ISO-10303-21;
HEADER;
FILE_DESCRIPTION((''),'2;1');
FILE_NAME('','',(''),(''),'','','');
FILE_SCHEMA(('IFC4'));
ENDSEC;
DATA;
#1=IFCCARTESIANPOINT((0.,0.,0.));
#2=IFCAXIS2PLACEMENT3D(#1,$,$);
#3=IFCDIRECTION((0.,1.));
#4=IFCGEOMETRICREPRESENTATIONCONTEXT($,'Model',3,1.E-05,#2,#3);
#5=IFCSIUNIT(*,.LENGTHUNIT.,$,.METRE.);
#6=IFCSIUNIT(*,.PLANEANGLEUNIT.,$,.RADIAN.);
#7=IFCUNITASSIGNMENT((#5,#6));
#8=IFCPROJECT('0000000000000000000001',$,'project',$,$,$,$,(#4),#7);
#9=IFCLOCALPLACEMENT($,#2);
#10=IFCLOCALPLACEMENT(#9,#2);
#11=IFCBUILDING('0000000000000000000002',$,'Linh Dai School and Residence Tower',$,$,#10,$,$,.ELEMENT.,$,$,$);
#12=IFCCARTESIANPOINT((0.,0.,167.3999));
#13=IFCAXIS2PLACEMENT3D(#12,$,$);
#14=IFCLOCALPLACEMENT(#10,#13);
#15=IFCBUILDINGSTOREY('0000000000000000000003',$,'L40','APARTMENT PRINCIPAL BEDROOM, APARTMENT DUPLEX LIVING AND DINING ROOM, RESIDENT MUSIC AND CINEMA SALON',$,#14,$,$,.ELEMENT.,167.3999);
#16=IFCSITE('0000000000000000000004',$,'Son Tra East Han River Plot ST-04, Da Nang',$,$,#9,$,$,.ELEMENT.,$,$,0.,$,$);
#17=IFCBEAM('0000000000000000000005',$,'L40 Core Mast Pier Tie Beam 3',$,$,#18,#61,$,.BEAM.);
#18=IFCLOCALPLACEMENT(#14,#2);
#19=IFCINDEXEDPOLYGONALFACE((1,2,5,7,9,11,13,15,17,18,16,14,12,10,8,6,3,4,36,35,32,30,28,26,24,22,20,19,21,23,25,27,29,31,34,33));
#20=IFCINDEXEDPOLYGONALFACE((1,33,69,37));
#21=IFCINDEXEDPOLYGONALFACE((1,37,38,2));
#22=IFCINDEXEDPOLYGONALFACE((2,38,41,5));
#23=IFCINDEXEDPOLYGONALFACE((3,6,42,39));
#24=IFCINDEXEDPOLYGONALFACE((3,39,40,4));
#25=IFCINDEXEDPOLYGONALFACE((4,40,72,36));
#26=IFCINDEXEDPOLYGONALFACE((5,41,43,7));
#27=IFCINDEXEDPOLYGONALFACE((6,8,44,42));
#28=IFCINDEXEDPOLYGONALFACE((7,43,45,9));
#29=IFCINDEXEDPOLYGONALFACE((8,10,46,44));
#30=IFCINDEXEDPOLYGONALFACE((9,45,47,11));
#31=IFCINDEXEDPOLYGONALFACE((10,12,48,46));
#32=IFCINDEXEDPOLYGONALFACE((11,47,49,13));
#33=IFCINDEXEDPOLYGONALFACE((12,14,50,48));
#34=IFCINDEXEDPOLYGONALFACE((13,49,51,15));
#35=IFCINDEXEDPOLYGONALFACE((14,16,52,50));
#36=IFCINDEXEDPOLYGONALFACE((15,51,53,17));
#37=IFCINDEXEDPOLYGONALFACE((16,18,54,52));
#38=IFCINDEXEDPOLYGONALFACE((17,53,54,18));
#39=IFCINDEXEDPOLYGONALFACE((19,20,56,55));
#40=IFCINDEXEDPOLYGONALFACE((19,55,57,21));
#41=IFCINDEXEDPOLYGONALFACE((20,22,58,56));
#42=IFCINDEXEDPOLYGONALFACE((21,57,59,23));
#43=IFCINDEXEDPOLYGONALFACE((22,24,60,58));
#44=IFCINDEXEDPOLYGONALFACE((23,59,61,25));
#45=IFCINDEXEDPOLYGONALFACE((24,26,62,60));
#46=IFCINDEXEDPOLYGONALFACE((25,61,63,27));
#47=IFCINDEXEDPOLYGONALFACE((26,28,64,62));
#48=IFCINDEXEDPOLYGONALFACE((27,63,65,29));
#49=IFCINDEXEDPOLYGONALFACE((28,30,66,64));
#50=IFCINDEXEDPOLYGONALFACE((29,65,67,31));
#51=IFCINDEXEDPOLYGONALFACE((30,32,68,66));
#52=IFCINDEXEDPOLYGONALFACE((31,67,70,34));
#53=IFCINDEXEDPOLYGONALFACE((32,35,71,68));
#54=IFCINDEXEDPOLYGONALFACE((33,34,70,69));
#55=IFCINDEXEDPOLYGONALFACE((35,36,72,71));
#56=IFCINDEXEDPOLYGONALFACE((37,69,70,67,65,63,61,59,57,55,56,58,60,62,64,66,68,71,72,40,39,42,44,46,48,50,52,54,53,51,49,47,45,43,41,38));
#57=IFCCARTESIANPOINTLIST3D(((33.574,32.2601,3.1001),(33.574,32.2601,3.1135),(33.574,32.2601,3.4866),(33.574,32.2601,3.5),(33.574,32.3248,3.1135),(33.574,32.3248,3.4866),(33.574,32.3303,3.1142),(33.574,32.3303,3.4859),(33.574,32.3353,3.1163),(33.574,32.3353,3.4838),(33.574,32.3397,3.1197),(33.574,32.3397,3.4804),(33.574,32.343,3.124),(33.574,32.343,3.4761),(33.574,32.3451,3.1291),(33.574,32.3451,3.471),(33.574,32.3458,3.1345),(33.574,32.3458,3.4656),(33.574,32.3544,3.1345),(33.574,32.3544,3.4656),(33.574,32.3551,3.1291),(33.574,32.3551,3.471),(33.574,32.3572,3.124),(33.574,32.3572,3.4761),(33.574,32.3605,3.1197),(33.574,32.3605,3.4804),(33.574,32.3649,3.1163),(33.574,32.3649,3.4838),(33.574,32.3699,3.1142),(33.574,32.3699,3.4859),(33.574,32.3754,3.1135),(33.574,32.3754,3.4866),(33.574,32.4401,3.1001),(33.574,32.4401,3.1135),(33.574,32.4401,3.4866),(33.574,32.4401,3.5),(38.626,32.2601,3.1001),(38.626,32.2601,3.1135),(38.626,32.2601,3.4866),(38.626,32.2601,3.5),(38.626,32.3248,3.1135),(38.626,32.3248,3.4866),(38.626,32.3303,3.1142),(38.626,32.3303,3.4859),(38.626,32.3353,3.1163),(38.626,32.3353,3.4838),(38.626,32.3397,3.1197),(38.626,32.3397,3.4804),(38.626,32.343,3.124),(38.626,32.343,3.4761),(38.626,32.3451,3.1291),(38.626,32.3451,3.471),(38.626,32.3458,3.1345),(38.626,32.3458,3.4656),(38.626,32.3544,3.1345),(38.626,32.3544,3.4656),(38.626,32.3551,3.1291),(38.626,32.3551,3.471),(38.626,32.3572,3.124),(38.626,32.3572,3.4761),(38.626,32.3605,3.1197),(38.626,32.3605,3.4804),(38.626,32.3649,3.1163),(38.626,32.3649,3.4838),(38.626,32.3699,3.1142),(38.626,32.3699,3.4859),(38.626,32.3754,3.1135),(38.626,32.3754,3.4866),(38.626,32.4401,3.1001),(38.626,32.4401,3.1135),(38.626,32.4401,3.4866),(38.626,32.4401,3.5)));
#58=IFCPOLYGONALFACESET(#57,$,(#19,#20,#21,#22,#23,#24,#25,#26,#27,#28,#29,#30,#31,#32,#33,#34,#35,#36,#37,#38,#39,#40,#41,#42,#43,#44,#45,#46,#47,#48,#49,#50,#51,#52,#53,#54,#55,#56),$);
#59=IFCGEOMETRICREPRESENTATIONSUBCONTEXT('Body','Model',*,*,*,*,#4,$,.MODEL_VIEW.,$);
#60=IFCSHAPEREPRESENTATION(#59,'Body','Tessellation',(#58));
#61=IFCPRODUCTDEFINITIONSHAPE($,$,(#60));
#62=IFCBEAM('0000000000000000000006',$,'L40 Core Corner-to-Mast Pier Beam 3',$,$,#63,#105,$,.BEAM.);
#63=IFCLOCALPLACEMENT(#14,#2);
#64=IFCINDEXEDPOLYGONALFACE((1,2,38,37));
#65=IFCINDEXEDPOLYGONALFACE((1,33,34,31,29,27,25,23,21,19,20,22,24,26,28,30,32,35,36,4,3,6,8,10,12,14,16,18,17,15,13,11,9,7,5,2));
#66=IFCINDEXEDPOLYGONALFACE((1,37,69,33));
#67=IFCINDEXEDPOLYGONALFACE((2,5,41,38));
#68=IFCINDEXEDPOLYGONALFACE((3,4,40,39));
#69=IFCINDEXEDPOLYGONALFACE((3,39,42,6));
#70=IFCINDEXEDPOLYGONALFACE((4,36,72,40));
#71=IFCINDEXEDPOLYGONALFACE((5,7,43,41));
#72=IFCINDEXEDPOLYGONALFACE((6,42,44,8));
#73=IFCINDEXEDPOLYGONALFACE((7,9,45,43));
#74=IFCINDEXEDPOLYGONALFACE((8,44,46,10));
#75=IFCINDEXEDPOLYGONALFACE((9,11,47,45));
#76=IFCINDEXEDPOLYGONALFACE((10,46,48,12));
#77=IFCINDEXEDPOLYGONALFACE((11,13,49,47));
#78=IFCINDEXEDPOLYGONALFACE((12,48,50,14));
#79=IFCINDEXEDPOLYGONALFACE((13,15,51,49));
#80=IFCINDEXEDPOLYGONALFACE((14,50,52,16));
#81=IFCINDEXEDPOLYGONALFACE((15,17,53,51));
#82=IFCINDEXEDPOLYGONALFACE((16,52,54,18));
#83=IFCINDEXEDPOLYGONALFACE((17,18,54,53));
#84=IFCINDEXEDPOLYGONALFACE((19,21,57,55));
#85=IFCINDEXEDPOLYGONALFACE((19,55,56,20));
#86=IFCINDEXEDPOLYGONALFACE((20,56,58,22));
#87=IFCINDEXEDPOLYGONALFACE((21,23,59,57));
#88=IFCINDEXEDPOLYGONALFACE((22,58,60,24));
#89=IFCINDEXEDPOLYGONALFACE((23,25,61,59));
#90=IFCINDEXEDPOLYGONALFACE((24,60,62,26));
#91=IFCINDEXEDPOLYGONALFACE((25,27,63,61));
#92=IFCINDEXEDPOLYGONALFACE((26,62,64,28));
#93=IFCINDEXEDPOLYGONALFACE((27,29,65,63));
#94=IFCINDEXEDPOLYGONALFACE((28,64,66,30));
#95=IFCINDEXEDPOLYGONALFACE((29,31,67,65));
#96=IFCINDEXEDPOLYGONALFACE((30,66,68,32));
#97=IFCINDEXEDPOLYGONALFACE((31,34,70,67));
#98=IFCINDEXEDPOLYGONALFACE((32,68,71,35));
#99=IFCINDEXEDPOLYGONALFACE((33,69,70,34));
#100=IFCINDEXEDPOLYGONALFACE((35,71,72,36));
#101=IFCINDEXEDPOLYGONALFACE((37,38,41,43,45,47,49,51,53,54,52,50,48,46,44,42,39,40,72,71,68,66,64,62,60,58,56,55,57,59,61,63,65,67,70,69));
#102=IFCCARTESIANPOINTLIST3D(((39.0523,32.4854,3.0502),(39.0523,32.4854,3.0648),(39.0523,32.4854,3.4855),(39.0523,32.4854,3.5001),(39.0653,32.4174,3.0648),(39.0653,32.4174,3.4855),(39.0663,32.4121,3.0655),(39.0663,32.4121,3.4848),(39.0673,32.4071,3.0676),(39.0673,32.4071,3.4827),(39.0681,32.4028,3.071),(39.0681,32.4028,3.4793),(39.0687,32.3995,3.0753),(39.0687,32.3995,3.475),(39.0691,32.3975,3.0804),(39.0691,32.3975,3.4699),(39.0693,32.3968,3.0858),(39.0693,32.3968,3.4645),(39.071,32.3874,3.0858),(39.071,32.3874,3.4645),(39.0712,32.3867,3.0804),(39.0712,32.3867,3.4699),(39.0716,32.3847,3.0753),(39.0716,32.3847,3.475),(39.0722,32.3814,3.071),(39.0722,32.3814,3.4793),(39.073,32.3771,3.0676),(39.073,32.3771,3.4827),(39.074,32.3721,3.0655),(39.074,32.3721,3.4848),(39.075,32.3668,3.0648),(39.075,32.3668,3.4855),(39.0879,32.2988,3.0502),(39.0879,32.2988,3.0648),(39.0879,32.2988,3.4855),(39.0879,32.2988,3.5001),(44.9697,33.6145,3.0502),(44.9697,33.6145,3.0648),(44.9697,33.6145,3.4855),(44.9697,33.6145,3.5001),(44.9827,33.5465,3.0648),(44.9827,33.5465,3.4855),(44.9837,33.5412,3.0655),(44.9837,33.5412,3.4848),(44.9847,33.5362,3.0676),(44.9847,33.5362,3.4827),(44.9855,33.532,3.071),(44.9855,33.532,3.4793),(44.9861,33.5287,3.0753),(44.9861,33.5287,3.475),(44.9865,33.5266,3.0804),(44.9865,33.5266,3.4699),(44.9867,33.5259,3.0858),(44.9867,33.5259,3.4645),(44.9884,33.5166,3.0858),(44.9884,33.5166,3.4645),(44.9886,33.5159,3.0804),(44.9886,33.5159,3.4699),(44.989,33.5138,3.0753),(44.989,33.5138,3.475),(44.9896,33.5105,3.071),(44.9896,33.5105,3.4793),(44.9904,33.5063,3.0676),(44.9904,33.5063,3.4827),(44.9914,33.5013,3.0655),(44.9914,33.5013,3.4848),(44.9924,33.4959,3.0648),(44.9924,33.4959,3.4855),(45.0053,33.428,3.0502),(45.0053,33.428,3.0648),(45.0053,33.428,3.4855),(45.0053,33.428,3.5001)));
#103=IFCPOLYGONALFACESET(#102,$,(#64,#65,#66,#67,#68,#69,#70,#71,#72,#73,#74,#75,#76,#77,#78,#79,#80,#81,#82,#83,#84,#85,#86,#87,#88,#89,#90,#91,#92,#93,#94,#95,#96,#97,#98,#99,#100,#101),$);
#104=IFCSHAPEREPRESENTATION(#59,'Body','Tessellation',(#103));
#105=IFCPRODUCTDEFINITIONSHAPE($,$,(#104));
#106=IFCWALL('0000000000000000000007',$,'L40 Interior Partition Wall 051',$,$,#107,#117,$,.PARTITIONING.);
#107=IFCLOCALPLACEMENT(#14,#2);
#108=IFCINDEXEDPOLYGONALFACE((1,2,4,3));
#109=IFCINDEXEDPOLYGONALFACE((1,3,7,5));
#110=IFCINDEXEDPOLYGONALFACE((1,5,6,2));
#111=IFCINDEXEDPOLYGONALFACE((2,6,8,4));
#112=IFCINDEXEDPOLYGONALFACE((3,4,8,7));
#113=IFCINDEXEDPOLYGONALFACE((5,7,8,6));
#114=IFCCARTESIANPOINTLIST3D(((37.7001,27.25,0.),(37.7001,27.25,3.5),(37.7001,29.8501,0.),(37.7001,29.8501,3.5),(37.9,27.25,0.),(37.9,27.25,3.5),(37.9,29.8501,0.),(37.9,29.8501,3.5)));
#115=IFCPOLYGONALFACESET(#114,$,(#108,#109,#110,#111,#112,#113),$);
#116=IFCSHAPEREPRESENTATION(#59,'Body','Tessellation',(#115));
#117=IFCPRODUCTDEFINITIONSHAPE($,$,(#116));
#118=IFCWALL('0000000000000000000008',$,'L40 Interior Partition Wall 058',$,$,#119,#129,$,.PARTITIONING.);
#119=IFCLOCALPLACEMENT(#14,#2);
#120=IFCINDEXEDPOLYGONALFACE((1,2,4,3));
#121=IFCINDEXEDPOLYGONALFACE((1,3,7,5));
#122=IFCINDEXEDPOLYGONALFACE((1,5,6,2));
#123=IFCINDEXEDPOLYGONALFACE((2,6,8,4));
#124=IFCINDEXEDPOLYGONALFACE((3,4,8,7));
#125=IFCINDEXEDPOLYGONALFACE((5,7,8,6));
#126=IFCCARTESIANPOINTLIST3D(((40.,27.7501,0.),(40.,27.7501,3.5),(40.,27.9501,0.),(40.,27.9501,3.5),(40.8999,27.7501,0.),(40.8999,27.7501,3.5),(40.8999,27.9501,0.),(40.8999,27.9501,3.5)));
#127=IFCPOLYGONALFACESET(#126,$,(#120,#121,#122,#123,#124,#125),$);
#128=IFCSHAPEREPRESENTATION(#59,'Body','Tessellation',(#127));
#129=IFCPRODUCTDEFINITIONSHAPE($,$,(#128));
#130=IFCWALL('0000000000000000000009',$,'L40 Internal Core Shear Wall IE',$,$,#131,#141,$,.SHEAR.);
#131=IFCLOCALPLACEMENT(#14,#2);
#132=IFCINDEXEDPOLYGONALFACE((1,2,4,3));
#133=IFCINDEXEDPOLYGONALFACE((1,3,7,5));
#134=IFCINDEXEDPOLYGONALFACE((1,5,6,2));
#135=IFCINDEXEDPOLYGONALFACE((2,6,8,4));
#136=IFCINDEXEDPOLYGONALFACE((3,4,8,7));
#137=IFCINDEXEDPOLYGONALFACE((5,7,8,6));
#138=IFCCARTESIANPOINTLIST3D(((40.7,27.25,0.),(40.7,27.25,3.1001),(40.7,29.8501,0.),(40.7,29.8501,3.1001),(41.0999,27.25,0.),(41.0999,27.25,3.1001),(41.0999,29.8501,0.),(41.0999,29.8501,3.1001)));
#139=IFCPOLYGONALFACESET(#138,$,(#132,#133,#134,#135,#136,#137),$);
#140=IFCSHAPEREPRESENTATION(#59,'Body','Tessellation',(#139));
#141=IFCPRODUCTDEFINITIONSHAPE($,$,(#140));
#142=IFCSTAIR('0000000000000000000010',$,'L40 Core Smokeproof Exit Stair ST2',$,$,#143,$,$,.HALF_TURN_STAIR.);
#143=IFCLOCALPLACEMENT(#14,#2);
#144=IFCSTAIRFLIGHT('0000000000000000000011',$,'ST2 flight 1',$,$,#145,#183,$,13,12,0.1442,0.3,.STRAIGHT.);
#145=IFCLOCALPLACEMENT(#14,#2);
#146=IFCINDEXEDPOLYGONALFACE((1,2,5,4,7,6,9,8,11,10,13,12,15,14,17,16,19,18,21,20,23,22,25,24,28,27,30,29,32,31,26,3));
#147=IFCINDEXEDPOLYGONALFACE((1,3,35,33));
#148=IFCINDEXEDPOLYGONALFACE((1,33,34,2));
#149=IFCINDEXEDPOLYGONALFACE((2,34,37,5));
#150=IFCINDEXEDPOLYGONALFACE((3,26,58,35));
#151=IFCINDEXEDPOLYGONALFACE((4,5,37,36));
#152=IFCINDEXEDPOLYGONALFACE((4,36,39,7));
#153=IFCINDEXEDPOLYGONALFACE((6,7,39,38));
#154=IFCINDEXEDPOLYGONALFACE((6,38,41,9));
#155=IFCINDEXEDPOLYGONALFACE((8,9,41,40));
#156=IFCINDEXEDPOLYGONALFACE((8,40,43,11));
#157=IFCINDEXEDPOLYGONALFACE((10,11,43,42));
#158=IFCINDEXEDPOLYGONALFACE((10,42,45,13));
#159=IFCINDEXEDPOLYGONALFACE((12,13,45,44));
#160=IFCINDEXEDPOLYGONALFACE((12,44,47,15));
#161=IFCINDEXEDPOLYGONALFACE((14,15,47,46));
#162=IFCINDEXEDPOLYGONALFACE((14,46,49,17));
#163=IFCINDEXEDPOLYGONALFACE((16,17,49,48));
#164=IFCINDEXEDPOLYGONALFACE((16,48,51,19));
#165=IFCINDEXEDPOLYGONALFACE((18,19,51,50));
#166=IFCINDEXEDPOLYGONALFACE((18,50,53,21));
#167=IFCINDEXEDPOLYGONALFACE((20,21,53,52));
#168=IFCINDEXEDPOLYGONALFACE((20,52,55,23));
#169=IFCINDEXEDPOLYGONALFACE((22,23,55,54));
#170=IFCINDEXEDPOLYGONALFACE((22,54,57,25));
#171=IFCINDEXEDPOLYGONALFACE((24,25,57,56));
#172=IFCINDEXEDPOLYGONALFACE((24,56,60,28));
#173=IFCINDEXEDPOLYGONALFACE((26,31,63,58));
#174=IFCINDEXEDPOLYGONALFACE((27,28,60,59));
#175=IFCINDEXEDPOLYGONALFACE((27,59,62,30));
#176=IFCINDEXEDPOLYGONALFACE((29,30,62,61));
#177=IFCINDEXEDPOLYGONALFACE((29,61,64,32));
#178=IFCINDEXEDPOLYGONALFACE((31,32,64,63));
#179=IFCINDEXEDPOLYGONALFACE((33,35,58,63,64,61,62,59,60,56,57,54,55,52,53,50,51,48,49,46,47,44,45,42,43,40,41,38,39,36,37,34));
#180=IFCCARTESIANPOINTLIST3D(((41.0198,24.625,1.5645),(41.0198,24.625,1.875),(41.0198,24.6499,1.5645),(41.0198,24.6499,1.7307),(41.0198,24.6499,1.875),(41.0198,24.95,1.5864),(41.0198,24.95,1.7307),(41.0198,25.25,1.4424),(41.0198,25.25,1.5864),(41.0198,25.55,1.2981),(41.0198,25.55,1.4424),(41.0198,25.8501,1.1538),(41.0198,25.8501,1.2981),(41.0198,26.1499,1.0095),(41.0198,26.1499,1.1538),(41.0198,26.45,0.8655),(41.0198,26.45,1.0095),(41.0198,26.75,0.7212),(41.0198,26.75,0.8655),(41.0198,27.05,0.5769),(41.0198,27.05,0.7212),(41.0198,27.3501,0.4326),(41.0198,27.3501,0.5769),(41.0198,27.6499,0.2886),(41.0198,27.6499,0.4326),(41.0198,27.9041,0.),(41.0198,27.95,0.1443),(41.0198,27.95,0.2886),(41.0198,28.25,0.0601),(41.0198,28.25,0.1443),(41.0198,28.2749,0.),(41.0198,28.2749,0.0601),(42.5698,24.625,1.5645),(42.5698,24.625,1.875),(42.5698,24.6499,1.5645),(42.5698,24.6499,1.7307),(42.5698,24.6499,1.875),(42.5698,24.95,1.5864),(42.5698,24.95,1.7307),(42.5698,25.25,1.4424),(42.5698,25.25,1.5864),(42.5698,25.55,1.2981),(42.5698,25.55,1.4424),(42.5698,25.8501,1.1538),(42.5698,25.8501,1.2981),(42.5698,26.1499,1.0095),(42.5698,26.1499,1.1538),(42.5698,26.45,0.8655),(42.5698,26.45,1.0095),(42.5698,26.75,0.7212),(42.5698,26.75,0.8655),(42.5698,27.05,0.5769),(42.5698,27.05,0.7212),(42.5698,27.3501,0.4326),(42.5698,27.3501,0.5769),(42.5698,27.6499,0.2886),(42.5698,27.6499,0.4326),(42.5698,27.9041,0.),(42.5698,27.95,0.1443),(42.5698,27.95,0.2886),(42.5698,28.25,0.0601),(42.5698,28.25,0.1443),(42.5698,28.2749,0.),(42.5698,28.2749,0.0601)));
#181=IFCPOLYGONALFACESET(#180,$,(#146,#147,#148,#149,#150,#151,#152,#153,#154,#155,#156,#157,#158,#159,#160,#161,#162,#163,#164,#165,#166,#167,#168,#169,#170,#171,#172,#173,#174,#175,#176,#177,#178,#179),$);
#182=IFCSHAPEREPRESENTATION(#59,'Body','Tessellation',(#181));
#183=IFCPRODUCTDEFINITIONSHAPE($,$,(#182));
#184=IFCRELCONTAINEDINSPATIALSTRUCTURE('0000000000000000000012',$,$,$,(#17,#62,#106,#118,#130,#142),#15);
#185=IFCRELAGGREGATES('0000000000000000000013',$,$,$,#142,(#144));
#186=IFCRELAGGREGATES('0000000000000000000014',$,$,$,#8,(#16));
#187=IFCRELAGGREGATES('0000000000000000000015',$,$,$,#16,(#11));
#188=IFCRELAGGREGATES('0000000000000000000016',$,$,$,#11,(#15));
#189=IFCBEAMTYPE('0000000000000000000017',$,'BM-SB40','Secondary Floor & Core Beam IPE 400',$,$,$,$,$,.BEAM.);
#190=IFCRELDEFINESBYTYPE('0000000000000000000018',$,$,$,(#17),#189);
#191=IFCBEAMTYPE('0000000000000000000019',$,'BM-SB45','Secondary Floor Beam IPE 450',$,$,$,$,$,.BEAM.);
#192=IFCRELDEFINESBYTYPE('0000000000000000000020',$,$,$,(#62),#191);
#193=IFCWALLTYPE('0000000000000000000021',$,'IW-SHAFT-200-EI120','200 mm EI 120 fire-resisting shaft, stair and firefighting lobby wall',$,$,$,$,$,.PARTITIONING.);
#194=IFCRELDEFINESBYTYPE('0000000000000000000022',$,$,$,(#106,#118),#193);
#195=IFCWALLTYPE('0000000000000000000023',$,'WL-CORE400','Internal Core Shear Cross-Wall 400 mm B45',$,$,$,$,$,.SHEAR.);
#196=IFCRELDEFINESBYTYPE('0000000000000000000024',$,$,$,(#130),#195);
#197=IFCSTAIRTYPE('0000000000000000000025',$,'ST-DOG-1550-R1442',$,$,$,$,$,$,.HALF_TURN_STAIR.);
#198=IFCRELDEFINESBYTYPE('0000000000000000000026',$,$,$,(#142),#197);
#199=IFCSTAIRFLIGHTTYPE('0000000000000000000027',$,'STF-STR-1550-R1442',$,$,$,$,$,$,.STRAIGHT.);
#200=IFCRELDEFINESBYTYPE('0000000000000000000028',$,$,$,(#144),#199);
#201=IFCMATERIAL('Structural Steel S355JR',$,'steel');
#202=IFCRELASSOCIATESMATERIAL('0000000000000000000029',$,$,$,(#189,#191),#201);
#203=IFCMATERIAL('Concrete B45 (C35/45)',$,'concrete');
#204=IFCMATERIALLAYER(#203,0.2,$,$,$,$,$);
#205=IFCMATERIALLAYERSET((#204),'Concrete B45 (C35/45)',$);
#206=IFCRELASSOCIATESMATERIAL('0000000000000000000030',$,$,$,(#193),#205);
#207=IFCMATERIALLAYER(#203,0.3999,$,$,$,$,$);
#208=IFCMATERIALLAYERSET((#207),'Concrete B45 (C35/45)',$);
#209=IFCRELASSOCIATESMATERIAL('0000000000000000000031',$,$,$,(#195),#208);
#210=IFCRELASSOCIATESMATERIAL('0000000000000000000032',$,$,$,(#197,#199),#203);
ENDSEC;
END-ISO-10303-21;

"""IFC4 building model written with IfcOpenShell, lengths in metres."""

from ifc_helpers import new_model, si_unit, direction, frame, frame_2d, origin, origin_2d, place, context, subcontext, project, spatial, polyline, rectangle, i_section, outline, extrude, source, transform, mapped, material, layer, layer_set, material_profile, profile_set, type_object, element, aggregate, save


model = new_model("IFC4")

# Units and contexts
model_context = context("Model", 3, precision=1e-05, world=origin(), true_north=direction((0.0, 1.0)))
body_context = subcontext(model_context, "Body", "Model", "MODEL_VIEW")
ifc_project = project(units=[si_unit("LENGTHUNIT", "METRE"), si_unit("PLANEANGLEUNIT", "RADIAN")], contexts=[model_context])

# Site, building, storey
site_placement = place(None, origin())
site = spatial("IfcSite", under=ifc_project, at=site_placement, Name="Son Tra East Han River Plot ST-04, Da Nang", CompositionType="ELEMENT", RefElevation=0.0)
building_placement = place(site_placement, origin())
building = spatial("IfcBuilding", under=site, at=building_placement, Name="Linh Dai School and Residence Tower", CompositionType="ELEMENT")
storey_placement = place(building_placement, frame((0.0, 0.0, 167.3999)))
storey = spatial("IfcBuildingStorey", under=building, at=storey_placement, Name="L40", Description="APARTMENT PRINCIPAL BEDROOM, APARTMENT DUPLEX LIVING AND DINING ROOM, RESIDENT MUSIC AND CINEMA SALON", CompositionType="ELEMENT", Elevation=167.3999)

# Shared definitions
ifc_material_1 = material(Name="Structural Steel S355JR", Category="steel")

# Beams
ifc_material_profile_1 = material_profile(ifc_material_1, i_section(OverallWidth=0.1799, OverallDepth=0.3999, WebThickness=0.0085, FlangeThickness=0.0134, FilletRadius=0.021, at=origin_2d()), Name="IPE 400")
ifc_profile_set_1 = profile_set([ifc_material_profile_1], Name="Structural Steel S355JR")
beam_type_1 = type_object("IfcBeamType", Name="BM-SB40", Description="Secondary Floor & Core Beam IPE 400", PredefinedType="BEAM", material=ifc_profile_set_1)
beam_1_placement = place(storey_placement, frame((38.626, 32.3501, 3.3), z_axis=(-1.0, 0.0, 0.0), x_axis=(0.0, -1.0, 0.0)))
element("IfcBeam", 1, at=beam_1_placement, inside=storey, type_object=beam_type_1, Name="L40 Core Mast Pier Tie Beam 3", PredefinedType="BEAM", context=body_context, shape_type="SweptSolid", body=[
    extrude(i_section(OverallWidth=0.1799, OverallDepth=0.3999, WebThickness=0.0085, FlangeThickness=0.0134, FilletRadius=0.021, at=origin_2d()), origin(), (0.0, 0.0, 1.0), 5.052),
])
ifc_material_profile_2 = material_profile(ifc_material_1, i_section(OverallWidth=0.1899, OverallDepth=0.45, WebThickness=0.0095, FlangeThickness=0.0146, FilletRadius=0.021, at=origin_2d()), Name="IPE 450")
ifc_profile_set_2 = profile_set([ifc_material_profile_2], Name="Structural Steel S355JR")
beam_type_2 = type_object("IfcBeamType", Name="BM-SB45", Description="Secondary Floor Beam IPE 450", PredefinedType="BEAM", material=ifc_profile_set_2)
beam_2_placement = place(storey_placement, frame((44.9875, 33.5212, 3.2751), z_axis=(-0.982277, -0.187434, 0.0), x_axis=(0.187434, -0.982277, 0.0)))
element("IfcBeam", 2, at=beam_2_placement, inside=storey, type_object=beam_type_2, Name="L40 Core Corner-to-Mast Pier Beam 3", PredefinedType="BEAM", context=body_context, shape_type="SweptSolid", body=[
    extrude(i_section(OverallWidth=0.1899, OverallDepth=0.45, WebThickness=0.0095, FlangeThickness=0.0146, FilletRadius=0.021, at=origin_2d()), origin(), (0.0, 0.0, 1.0), 6.0242),
])

# Shared definitions
ifc_material_2 = material(Name="Concrete B45 (C35/45)", Category="concrete")
ifc_layer_1 = layer(ifc_material_2, 0.2)
ifc_layer_set_1 = layer_set([ifc_layer_1], Name="Concrete B45 (C35/45)")
wall_type_1 = type_object("IfcWallType", Name="IW-SHAFT-200-EI120", Description="200 mm EI 120 fire-resisting shaft, stair and firefighting lobby wall", PredefinedType="PARTITIONING", material=ifc_layer_set_1)

# Walls
wall_1_placement = place(storey_placement, frame((37.8, 27.25, 0.0), z_axis=(0.0, 0.0, 1.0), x_axis=(0.0, 1.0, 0.0)))
element("IfcWall", 3, at=wall_1_placement, inside=storey, type_object=wall_type_1, Name="L40 Interior Partition Wall 051", PredefinedType="PARTITIONING", context=body_context, shape_type="SweptSolid", body=[
    extrude(rectangle(XDim=2.6001, YDim=0.2, at=frame_2d((1.3, 0.0))), origin(), (0.0, 0.0, 1.0), 3.5),
])
wall_2_placement = place(storey_placement, frame((40.0, 27.8501, 0.0), z_axis=(0.0, 0.0, 1.0), x_axis=(1.0, 0.0, 0.0)))
element("IfcWall", 4, at=wall_2_placement, inside=storey, type_object=wall_type_1, Name="L40 Interior Partition Wall 058", PredefinedType="PARTITIONING", context=body_context, shape_type="SweptSolid", body=[
    extrude(rectangle(XDim=0.8999, YDim=0.2, at=frame_2d((0.45, 0.0))), origin(), (0.0, 0.0, 1.0), 3.5),
])
ifc_layer_2 = layer(ifc_material_2, 0.3999)
ifc_layer_set_2 = layer_set([ifc_layer_2], Name="Concrete B45 (C35/45)")
wall_type_2 = type_object("IfcWallType", Name="WL-CORE400", Description="Internal Core Shear Cross-Wall 400 mm B45", PredefinedType="SHEAR", material=ifc_layer_set_2)
wall_3_placement = place(storey_placement, frame((40.8999, 27.25, 0.0), z_axis=(0.0, 0.0, 1.0), x_axis=(0.0, 1.0, 0.0)))
element("IfcWall", 5, at=wall_3_placement, inside=storey, type_object=wall_type_2, Name="L40 Internal Core Shear Wall IE", PredefinedType="SHEAR", context=body_context, shape_type="SweptSolid", body=[
    extrude(rectangle(XDim=2.6001, YDim=0.3999, at=frame_2d((1.3, 0.0))), origin(), (0.0, 0.0, 1.0), 3.1001),
])

# Stair, stair flight
stair_type = type_object("IfcStairType", Name="ST-DOG-1550-R1442", PredefinedType="HALF_TURN_STAIR", material=ifc_material_2)
stair_placement = place(storey_placement, origin())
stair = element("IfcStair", 6, at=stair_placement, inside=storey, type_object=stair_type, Name="L40 Core Smokeproof Exit Stair ST2", PredefinedType="HALF_TURN_STAIR")
stair_flight_type = type_object("IfcStairFlightType", Name="STF-STR-1550-R1442", PredefinedType="STRAIGHT", material=ifc_material_2)
shared_shape_1 = source(origin(), body_context, "Body", "SweptSolid", [
    extrude(outline(polyline([(-0.0249, 0.0), (-0.0249, 0.0601), (0.0, 0.0601), (0.0, 0.1443), (0.3, 0.1443), (0.3, 0.2886), (0.6001, 0.2886), (0.6001, 0.4326), (0.8999, 0.4326), (0.8999, 0.5769), (1.2, 0.5769), (1.2, 0.7212), (1.5, 0.7212), (1.5, 0.8655), (1.8, 0.8655), (1.8, 1.0095), (2.1001, 1.0095), (2.1001, 1.1538), (2.3999, 1.1538), (2.3999, 1.2981), (2.7, 1.2981), (2.7, 1.4424), (3.0, 1.4424), (3.0, 1.5864), (3.3, 1.5864), (3.3, 1.7307), (3.6001, 1.7307), (3.6001, 1.875), (3.625, 1.875), (3.625, 1.5645), (3.6001, 1.5645), (0.3459, 0.0), (-0.0249, 0.0)])), frame((0.0, 0.7749, 0.0), z_axis=(0.0, -1.0, 0.0), x_axis=(1.0, 0.0, 0.0)), (0.0, 0.0, 1.0), 1.55),
])
stair_flight_placement = place(storey_placement, frame((41.7949, 28.25, 0.0), z_axis=(0.0, 0.0, 1.0), x_axis=(0.0, -1.0, 0.0)))
stair_flight = element("IfcStairFlight", 7, at=stair_flight_placement, type_object=stair_flight_type, Name="ST2 flight 1", NumberOfRisers=13, NumberOfTreads=12, PredefinedType="STRAIGHT", RiserHeight=0.1442, TreadLength=0.3, context=body_context, shape_type="MappedRepresentation", body=[
    mapped(shared_shape_1, transform((0.0, 0.0, 0.0), x_axis=(1.0, 0.0, 0.0), y_axis=(0.0, 1.0, 0.0), z_axis=(0.0, 0.0, 1.0), scale=1.0)),
])
aggregate(stair, [stair_flight])

save(model, "model.ifc")
